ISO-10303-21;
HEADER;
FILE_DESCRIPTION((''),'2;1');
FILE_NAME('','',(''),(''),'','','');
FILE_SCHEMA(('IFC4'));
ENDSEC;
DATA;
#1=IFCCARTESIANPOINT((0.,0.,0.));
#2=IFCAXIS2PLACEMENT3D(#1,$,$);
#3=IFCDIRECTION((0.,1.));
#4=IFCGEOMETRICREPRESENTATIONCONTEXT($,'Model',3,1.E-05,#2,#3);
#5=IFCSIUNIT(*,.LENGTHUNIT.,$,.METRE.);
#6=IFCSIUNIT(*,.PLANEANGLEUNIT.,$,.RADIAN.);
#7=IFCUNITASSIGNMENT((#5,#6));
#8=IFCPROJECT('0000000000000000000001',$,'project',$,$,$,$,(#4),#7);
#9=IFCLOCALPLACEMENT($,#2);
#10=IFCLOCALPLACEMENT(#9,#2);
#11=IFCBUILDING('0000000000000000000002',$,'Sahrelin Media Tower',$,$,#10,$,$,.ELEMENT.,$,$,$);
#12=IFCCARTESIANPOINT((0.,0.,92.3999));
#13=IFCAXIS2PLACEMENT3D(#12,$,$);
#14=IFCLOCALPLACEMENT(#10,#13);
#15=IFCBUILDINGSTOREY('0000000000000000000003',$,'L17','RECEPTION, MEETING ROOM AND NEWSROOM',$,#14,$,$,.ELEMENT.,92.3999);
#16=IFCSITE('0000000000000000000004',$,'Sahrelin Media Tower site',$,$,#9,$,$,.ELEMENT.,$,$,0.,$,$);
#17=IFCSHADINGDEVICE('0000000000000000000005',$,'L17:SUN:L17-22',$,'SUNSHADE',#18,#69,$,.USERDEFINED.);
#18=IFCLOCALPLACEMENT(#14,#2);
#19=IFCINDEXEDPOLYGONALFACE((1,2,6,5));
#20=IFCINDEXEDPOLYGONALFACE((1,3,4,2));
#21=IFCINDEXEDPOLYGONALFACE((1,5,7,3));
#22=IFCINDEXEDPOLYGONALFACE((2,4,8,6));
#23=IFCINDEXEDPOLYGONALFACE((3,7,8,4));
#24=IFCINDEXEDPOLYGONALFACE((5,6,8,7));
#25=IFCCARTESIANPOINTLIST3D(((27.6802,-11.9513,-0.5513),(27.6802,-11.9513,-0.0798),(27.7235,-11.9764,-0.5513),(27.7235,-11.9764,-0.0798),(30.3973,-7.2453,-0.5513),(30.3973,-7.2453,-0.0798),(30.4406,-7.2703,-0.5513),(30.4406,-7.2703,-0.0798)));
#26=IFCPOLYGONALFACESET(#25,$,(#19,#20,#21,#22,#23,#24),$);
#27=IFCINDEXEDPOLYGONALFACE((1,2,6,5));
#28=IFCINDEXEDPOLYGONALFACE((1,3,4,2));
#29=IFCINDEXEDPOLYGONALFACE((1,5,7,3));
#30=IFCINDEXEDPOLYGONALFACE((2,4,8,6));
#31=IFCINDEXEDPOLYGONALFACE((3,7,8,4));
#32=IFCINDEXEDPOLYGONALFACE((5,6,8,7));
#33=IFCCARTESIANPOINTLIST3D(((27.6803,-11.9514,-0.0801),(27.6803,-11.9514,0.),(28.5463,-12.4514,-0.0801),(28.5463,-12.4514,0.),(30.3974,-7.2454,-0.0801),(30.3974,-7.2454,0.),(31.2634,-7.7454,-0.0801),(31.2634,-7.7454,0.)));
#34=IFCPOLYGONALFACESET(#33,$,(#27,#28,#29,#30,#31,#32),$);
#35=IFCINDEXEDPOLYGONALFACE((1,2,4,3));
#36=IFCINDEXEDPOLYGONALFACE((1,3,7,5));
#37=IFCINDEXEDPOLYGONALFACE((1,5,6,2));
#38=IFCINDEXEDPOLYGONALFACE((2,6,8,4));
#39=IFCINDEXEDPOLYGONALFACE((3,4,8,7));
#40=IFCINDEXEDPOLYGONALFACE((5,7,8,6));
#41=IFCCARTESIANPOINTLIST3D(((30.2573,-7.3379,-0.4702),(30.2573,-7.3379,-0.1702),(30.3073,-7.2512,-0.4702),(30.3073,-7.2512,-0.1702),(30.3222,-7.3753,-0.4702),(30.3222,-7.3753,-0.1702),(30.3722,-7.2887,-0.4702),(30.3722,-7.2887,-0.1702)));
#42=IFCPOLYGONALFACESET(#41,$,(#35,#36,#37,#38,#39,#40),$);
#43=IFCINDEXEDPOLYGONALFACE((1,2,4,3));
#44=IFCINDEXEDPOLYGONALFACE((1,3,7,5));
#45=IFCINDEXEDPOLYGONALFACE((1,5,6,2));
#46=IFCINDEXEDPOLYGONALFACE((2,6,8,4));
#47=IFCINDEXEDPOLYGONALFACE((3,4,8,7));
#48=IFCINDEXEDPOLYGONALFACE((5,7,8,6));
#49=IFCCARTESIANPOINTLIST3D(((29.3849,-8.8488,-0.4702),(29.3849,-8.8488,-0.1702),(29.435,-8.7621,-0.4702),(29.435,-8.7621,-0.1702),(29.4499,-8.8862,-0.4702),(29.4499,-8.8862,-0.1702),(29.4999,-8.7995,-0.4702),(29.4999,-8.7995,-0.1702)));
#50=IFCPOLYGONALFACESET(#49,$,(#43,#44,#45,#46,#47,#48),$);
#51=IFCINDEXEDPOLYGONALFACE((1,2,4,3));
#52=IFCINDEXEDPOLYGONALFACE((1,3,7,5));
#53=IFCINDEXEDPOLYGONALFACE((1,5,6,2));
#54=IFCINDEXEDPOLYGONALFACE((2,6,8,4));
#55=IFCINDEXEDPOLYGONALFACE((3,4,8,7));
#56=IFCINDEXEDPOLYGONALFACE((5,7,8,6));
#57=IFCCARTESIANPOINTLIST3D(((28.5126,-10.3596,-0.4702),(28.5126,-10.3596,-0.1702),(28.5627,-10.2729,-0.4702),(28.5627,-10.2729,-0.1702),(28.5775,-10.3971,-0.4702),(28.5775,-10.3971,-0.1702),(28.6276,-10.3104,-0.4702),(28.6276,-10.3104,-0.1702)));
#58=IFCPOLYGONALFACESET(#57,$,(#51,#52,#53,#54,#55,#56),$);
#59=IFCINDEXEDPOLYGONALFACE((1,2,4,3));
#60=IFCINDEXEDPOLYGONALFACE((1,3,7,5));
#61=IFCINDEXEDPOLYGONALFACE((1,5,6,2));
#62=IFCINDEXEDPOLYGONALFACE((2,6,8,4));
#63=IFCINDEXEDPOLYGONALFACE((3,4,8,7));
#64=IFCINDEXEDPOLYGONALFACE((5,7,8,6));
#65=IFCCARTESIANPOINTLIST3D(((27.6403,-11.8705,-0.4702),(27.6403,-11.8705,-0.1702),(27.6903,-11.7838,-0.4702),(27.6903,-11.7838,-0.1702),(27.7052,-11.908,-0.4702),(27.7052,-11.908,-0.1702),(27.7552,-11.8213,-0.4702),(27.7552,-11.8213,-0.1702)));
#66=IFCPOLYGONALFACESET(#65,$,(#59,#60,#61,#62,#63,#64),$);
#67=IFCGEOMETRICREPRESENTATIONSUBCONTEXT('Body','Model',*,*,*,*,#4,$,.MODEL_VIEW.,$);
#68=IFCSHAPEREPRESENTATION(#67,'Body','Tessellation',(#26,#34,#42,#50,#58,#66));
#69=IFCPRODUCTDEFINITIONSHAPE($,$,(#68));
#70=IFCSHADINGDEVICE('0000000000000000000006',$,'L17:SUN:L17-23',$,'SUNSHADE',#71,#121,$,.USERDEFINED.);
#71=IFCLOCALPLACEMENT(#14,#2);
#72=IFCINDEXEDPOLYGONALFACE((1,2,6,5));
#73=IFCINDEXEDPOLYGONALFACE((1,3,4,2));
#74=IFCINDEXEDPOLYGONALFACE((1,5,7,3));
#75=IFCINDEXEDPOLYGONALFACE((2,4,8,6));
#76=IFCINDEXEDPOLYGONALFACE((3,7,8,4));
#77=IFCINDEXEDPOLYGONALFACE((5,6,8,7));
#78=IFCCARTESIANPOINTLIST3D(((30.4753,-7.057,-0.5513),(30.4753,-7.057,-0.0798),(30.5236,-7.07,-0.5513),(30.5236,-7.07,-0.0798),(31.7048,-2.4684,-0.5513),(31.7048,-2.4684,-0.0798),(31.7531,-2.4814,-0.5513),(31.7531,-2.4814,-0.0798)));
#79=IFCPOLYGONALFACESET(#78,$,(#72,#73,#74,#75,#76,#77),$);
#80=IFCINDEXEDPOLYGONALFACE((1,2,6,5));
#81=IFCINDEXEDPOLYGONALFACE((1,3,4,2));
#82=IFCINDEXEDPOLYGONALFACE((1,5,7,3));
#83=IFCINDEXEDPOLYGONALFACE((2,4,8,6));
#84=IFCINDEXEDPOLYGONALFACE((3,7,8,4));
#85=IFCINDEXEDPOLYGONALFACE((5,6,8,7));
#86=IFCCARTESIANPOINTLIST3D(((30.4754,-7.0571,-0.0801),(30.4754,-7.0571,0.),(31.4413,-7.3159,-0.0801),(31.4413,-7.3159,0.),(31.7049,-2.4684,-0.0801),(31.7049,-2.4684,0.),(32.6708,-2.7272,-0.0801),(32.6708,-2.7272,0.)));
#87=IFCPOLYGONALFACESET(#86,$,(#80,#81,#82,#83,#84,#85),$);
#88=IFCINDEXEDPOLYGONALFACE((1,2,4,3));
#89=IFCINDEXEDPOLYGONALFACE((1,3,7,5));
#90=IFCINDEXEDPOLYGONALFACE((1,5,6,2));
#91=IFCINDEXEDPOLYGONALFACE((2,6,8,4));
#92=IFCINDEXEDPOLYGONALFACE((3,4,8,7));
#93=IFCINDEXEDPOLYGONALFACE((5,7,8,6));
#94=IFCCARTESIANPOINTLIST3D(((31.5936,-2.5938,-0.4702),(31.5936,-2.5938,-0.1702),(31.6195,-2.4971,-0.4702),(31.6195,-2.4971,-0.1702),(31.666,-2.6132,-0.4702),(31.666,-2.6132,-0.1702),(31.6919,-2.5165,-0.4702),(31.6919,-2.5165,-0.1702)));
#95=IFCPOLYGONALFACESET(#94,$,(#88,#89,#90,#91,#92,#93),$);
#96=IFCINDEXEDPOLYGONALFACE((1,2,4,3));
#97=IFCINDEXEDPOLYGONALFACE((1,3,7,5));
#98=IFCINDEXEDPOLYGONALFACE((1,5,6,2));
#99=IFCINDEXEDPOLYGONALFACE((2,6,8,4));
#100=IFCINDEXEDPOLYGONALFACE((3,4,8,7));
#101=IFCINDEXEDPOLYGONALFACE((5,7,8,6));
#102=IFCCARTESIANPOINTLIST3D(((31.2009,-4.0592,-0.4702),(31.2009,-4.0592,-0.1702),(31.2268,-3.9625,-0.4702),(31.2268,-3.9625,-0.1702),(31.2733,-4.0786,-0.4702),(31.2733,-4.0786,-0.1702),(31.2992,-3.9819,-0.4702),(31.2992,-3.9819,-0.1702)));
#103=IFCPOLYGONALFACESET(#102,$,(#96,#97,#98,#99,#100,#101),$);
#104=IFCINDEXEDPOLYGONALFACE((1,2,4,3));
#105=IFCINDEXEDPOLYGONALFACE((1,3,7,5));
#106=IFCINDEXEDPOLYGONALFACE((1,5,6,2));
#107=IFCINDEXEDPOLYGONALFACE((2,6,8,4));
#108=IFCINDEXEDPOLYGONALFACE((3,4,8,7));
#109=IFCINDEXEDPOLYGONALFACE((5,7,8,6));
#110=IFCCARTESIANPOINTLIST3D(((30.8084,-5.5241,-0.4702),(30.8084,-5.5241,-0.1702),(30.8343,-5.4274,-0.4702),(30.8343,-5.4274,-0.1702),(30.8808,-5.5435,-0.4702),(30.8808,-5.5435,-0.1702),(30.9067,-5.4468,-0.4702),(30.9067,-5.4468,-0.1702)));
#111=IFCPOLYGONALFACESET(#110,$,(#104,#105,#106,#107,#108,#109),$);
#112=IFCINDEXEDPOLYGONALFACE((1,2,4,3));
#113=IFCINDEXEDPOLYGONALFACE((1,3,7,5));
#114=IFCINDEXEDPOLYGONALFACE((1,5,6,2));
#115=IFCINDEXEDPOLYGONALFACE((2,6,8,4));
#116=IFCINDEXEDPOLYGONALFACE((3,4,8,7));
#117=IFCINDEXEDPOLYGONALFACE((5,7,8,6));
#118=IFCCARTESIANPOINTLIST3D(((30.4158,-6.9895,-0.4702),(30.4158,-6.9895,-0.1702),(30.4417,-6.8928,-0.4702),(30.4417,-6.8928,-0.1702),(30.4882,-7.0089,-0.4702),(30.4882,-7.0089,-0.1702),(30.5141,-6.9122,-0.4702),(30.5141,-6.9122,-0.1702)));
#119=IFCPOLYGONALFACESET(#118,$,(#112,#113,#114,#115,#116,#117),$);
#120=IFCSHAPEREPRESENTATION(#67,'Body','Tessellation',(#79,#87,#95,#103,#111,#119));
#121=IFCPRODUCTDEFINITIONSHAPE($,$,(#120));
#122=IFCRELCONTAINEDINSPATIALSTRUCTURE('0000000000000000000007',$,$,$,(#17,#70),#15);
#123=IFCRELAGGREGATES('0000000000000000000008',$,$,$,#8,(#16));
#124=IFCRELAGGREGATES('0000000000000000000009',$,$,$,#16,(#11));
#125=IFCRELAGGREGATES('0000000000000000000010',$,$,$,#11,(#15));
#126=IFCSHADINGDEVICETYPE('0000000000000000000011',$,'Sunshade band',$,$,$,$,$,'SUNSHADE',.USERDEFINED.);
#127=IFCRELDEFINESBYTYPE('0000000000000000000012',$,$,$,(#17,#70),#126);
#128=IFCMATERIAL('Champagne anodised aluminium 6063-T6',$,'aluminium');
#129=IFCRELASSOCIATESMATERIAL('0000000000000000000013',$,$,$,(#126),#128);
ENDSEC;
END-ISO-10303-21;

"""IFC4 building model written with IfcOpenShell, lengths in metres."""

from ifc_helpers import new_model, si_unit, direction, frame, origin, origin_2d, place, context, subcontext, project, spatial, rectangle, extrude, material, type_object, element, save


model = new_model("IFC4")

# Units and contexts
model_context = context("Model", 3, precision=1e-05, world=origin(), true_north=direction((0.0, 1.0)))
body_context = subcontext(model_context, "Body", "Model", "MODEL_VIEW")
ifc_project = project(units=[si_unit("LENGTHUNIT", "METRE"), si_unit("PLANEANGLEUNIT", "RADIAN")], contexts=[model_context])

# Site, building, storey
site_placement = place(None, origin())
site = spatial("IfcSite", under=ifc_project, at=site_placement, Name="Sahrelin Media Tower site", CompositionType="ELEMENT", RefElevation=0.0)
building_placement = place(site_placement, origin())
building = spatial("IfcBuilding", under=site, at=building_placement, Name="Sahrelin Media Tower", CompositionType="ELEMENT")
storey_placement = place(building_placement, frame((0.0, 0.0, 92.3999)))
storey = spatial("IfcBuildingStorey", under=building, at=storey_placement, Name="L17", Description="RECEPTION, MEETING ROOM AND NEWSROOM", CompositionType="ELEMENT", Elevation=92.3999)

# Shared definitions
ifc_material_1 = material(Name="Champagne anodised aluminium 6063-T6", Category="aluminium")

# Shading devices
placement_1 = place(storey_placement, frame((29.0215, -9.5884, 0.0), z_axis=(0.0, 0.0, 1.0), x_axis=(-0.500011, -0.866019, 0.0)))
placement_2 = place(storey_placement, frame((31.0708, -4.7576, 0.0), z_axis=(0.0, 0.0, 1.0), x_axis=(-0.258808, -0.965929, 0.0)))
shading_device_type_1 = type_object("IfcShadingDeviceType", Name="Sunshade band", ElementType="SUNSHADE", PredefinedType="USERDEFINED", material=ifc_material_1)
element("IfcShadingDevice", 1, at=placement_1, inside=storey, type_object=shading_device_type_1, Name="L17:SUN:L17-22", ObjectType="SUNSHADE", PredefinedType="USERDEFINED", context=body_context, shape_type="SweptSolid", body=[
    extrude(rectangle(XDim=5.4341, YDim=0.05, at=origin_2d()), frame((0.0, 0.0449, -0.5513)), (0.0, 0.0, 1.0), 0.4714),
    extrude(rectangle(XDim=5.4341, YDim=1.0, at=origin_2d()), frame((0.0, 0.52, -0.0801)), (0.0, 0.0, 1.0), 0.0801),
    extrude(rectangle(XDim=0.1001, YDim=0.075, at=origin_2d()), frame((-2.6169, -0.0176, -0.4702)), (0.0, 0.0, 1.0), 0.3),
    extrude(rectangle(XDim=0.1001, YDim=0.075, at=origin_2d()), frame((-0.8723, -0.0176, -0.4702)), (0.0, 0.0, 1.0), 0.3),
    extrude(rectangle(XDim=0.1001, YDim=0.075, at=origin_2d()), frame((0.8723, -0.0176, -0.4702)), (0.0, 0.0, 1.0), 0.3),
    extrude(rectangle(XDim=0.1001, YDim=0.075, at=origin_2d()), frame((2.6169, -0.0176, -0.4702)), (0.0, 0.0, 1.0), 0.3),
])
element("IfcShadingDevice", 2, at=placement_2, inside=storey, type_object=shading_device_type_1, Name="L17:SUN:L17-23", ObjectType="SUNSHADE", PredefinedType="USERDEFINED", context=body_context, shape_type="SweptSolid", body=[
    extrude(rectangle(XDim=4.7505, YDim=0.05, at=origin_2d()), frame((0.0, 0.0449, -0.5513)), (0.0, 0.0, 1.0), 0.4714),
    extrude(rectangle(XDim=4.7505, YDim=1.0, at=origin_2d()), frame((0.0, 0.52, -0.0801)), (0.0, 0.0, 1.0), 0.0801),
    extrude(rectangle(XDim=0.1001, YDim=0.075, at=origin_2d()), frame((-2.2754, -0.0176, -0.4702)), (0.0, 0.0, 1.0), 0.3),
    extrude(rectangle(XDim=0.1001, YDim=0.075, at=origin_2d()), frame((-0.7583, -0.0176, -0.4702)), (0.0, 0.0, 1.0), 0.3),
    extrude(rectangle(XDim=0.1001, YDim=0.075, at=origin_2d()), frame((0.7583, -0.0176, -0.4702)), (0.0, 0.0, 1.0), 0.3),
    extrude(rectangle(XDim=0.1001, YDim=0.075, at=origin_2d()), frame((2.2754, -0.0176, -0.4702)), (0.0, 0.0, 1.0), 0.3),
])

save(model, "model.ifc")
